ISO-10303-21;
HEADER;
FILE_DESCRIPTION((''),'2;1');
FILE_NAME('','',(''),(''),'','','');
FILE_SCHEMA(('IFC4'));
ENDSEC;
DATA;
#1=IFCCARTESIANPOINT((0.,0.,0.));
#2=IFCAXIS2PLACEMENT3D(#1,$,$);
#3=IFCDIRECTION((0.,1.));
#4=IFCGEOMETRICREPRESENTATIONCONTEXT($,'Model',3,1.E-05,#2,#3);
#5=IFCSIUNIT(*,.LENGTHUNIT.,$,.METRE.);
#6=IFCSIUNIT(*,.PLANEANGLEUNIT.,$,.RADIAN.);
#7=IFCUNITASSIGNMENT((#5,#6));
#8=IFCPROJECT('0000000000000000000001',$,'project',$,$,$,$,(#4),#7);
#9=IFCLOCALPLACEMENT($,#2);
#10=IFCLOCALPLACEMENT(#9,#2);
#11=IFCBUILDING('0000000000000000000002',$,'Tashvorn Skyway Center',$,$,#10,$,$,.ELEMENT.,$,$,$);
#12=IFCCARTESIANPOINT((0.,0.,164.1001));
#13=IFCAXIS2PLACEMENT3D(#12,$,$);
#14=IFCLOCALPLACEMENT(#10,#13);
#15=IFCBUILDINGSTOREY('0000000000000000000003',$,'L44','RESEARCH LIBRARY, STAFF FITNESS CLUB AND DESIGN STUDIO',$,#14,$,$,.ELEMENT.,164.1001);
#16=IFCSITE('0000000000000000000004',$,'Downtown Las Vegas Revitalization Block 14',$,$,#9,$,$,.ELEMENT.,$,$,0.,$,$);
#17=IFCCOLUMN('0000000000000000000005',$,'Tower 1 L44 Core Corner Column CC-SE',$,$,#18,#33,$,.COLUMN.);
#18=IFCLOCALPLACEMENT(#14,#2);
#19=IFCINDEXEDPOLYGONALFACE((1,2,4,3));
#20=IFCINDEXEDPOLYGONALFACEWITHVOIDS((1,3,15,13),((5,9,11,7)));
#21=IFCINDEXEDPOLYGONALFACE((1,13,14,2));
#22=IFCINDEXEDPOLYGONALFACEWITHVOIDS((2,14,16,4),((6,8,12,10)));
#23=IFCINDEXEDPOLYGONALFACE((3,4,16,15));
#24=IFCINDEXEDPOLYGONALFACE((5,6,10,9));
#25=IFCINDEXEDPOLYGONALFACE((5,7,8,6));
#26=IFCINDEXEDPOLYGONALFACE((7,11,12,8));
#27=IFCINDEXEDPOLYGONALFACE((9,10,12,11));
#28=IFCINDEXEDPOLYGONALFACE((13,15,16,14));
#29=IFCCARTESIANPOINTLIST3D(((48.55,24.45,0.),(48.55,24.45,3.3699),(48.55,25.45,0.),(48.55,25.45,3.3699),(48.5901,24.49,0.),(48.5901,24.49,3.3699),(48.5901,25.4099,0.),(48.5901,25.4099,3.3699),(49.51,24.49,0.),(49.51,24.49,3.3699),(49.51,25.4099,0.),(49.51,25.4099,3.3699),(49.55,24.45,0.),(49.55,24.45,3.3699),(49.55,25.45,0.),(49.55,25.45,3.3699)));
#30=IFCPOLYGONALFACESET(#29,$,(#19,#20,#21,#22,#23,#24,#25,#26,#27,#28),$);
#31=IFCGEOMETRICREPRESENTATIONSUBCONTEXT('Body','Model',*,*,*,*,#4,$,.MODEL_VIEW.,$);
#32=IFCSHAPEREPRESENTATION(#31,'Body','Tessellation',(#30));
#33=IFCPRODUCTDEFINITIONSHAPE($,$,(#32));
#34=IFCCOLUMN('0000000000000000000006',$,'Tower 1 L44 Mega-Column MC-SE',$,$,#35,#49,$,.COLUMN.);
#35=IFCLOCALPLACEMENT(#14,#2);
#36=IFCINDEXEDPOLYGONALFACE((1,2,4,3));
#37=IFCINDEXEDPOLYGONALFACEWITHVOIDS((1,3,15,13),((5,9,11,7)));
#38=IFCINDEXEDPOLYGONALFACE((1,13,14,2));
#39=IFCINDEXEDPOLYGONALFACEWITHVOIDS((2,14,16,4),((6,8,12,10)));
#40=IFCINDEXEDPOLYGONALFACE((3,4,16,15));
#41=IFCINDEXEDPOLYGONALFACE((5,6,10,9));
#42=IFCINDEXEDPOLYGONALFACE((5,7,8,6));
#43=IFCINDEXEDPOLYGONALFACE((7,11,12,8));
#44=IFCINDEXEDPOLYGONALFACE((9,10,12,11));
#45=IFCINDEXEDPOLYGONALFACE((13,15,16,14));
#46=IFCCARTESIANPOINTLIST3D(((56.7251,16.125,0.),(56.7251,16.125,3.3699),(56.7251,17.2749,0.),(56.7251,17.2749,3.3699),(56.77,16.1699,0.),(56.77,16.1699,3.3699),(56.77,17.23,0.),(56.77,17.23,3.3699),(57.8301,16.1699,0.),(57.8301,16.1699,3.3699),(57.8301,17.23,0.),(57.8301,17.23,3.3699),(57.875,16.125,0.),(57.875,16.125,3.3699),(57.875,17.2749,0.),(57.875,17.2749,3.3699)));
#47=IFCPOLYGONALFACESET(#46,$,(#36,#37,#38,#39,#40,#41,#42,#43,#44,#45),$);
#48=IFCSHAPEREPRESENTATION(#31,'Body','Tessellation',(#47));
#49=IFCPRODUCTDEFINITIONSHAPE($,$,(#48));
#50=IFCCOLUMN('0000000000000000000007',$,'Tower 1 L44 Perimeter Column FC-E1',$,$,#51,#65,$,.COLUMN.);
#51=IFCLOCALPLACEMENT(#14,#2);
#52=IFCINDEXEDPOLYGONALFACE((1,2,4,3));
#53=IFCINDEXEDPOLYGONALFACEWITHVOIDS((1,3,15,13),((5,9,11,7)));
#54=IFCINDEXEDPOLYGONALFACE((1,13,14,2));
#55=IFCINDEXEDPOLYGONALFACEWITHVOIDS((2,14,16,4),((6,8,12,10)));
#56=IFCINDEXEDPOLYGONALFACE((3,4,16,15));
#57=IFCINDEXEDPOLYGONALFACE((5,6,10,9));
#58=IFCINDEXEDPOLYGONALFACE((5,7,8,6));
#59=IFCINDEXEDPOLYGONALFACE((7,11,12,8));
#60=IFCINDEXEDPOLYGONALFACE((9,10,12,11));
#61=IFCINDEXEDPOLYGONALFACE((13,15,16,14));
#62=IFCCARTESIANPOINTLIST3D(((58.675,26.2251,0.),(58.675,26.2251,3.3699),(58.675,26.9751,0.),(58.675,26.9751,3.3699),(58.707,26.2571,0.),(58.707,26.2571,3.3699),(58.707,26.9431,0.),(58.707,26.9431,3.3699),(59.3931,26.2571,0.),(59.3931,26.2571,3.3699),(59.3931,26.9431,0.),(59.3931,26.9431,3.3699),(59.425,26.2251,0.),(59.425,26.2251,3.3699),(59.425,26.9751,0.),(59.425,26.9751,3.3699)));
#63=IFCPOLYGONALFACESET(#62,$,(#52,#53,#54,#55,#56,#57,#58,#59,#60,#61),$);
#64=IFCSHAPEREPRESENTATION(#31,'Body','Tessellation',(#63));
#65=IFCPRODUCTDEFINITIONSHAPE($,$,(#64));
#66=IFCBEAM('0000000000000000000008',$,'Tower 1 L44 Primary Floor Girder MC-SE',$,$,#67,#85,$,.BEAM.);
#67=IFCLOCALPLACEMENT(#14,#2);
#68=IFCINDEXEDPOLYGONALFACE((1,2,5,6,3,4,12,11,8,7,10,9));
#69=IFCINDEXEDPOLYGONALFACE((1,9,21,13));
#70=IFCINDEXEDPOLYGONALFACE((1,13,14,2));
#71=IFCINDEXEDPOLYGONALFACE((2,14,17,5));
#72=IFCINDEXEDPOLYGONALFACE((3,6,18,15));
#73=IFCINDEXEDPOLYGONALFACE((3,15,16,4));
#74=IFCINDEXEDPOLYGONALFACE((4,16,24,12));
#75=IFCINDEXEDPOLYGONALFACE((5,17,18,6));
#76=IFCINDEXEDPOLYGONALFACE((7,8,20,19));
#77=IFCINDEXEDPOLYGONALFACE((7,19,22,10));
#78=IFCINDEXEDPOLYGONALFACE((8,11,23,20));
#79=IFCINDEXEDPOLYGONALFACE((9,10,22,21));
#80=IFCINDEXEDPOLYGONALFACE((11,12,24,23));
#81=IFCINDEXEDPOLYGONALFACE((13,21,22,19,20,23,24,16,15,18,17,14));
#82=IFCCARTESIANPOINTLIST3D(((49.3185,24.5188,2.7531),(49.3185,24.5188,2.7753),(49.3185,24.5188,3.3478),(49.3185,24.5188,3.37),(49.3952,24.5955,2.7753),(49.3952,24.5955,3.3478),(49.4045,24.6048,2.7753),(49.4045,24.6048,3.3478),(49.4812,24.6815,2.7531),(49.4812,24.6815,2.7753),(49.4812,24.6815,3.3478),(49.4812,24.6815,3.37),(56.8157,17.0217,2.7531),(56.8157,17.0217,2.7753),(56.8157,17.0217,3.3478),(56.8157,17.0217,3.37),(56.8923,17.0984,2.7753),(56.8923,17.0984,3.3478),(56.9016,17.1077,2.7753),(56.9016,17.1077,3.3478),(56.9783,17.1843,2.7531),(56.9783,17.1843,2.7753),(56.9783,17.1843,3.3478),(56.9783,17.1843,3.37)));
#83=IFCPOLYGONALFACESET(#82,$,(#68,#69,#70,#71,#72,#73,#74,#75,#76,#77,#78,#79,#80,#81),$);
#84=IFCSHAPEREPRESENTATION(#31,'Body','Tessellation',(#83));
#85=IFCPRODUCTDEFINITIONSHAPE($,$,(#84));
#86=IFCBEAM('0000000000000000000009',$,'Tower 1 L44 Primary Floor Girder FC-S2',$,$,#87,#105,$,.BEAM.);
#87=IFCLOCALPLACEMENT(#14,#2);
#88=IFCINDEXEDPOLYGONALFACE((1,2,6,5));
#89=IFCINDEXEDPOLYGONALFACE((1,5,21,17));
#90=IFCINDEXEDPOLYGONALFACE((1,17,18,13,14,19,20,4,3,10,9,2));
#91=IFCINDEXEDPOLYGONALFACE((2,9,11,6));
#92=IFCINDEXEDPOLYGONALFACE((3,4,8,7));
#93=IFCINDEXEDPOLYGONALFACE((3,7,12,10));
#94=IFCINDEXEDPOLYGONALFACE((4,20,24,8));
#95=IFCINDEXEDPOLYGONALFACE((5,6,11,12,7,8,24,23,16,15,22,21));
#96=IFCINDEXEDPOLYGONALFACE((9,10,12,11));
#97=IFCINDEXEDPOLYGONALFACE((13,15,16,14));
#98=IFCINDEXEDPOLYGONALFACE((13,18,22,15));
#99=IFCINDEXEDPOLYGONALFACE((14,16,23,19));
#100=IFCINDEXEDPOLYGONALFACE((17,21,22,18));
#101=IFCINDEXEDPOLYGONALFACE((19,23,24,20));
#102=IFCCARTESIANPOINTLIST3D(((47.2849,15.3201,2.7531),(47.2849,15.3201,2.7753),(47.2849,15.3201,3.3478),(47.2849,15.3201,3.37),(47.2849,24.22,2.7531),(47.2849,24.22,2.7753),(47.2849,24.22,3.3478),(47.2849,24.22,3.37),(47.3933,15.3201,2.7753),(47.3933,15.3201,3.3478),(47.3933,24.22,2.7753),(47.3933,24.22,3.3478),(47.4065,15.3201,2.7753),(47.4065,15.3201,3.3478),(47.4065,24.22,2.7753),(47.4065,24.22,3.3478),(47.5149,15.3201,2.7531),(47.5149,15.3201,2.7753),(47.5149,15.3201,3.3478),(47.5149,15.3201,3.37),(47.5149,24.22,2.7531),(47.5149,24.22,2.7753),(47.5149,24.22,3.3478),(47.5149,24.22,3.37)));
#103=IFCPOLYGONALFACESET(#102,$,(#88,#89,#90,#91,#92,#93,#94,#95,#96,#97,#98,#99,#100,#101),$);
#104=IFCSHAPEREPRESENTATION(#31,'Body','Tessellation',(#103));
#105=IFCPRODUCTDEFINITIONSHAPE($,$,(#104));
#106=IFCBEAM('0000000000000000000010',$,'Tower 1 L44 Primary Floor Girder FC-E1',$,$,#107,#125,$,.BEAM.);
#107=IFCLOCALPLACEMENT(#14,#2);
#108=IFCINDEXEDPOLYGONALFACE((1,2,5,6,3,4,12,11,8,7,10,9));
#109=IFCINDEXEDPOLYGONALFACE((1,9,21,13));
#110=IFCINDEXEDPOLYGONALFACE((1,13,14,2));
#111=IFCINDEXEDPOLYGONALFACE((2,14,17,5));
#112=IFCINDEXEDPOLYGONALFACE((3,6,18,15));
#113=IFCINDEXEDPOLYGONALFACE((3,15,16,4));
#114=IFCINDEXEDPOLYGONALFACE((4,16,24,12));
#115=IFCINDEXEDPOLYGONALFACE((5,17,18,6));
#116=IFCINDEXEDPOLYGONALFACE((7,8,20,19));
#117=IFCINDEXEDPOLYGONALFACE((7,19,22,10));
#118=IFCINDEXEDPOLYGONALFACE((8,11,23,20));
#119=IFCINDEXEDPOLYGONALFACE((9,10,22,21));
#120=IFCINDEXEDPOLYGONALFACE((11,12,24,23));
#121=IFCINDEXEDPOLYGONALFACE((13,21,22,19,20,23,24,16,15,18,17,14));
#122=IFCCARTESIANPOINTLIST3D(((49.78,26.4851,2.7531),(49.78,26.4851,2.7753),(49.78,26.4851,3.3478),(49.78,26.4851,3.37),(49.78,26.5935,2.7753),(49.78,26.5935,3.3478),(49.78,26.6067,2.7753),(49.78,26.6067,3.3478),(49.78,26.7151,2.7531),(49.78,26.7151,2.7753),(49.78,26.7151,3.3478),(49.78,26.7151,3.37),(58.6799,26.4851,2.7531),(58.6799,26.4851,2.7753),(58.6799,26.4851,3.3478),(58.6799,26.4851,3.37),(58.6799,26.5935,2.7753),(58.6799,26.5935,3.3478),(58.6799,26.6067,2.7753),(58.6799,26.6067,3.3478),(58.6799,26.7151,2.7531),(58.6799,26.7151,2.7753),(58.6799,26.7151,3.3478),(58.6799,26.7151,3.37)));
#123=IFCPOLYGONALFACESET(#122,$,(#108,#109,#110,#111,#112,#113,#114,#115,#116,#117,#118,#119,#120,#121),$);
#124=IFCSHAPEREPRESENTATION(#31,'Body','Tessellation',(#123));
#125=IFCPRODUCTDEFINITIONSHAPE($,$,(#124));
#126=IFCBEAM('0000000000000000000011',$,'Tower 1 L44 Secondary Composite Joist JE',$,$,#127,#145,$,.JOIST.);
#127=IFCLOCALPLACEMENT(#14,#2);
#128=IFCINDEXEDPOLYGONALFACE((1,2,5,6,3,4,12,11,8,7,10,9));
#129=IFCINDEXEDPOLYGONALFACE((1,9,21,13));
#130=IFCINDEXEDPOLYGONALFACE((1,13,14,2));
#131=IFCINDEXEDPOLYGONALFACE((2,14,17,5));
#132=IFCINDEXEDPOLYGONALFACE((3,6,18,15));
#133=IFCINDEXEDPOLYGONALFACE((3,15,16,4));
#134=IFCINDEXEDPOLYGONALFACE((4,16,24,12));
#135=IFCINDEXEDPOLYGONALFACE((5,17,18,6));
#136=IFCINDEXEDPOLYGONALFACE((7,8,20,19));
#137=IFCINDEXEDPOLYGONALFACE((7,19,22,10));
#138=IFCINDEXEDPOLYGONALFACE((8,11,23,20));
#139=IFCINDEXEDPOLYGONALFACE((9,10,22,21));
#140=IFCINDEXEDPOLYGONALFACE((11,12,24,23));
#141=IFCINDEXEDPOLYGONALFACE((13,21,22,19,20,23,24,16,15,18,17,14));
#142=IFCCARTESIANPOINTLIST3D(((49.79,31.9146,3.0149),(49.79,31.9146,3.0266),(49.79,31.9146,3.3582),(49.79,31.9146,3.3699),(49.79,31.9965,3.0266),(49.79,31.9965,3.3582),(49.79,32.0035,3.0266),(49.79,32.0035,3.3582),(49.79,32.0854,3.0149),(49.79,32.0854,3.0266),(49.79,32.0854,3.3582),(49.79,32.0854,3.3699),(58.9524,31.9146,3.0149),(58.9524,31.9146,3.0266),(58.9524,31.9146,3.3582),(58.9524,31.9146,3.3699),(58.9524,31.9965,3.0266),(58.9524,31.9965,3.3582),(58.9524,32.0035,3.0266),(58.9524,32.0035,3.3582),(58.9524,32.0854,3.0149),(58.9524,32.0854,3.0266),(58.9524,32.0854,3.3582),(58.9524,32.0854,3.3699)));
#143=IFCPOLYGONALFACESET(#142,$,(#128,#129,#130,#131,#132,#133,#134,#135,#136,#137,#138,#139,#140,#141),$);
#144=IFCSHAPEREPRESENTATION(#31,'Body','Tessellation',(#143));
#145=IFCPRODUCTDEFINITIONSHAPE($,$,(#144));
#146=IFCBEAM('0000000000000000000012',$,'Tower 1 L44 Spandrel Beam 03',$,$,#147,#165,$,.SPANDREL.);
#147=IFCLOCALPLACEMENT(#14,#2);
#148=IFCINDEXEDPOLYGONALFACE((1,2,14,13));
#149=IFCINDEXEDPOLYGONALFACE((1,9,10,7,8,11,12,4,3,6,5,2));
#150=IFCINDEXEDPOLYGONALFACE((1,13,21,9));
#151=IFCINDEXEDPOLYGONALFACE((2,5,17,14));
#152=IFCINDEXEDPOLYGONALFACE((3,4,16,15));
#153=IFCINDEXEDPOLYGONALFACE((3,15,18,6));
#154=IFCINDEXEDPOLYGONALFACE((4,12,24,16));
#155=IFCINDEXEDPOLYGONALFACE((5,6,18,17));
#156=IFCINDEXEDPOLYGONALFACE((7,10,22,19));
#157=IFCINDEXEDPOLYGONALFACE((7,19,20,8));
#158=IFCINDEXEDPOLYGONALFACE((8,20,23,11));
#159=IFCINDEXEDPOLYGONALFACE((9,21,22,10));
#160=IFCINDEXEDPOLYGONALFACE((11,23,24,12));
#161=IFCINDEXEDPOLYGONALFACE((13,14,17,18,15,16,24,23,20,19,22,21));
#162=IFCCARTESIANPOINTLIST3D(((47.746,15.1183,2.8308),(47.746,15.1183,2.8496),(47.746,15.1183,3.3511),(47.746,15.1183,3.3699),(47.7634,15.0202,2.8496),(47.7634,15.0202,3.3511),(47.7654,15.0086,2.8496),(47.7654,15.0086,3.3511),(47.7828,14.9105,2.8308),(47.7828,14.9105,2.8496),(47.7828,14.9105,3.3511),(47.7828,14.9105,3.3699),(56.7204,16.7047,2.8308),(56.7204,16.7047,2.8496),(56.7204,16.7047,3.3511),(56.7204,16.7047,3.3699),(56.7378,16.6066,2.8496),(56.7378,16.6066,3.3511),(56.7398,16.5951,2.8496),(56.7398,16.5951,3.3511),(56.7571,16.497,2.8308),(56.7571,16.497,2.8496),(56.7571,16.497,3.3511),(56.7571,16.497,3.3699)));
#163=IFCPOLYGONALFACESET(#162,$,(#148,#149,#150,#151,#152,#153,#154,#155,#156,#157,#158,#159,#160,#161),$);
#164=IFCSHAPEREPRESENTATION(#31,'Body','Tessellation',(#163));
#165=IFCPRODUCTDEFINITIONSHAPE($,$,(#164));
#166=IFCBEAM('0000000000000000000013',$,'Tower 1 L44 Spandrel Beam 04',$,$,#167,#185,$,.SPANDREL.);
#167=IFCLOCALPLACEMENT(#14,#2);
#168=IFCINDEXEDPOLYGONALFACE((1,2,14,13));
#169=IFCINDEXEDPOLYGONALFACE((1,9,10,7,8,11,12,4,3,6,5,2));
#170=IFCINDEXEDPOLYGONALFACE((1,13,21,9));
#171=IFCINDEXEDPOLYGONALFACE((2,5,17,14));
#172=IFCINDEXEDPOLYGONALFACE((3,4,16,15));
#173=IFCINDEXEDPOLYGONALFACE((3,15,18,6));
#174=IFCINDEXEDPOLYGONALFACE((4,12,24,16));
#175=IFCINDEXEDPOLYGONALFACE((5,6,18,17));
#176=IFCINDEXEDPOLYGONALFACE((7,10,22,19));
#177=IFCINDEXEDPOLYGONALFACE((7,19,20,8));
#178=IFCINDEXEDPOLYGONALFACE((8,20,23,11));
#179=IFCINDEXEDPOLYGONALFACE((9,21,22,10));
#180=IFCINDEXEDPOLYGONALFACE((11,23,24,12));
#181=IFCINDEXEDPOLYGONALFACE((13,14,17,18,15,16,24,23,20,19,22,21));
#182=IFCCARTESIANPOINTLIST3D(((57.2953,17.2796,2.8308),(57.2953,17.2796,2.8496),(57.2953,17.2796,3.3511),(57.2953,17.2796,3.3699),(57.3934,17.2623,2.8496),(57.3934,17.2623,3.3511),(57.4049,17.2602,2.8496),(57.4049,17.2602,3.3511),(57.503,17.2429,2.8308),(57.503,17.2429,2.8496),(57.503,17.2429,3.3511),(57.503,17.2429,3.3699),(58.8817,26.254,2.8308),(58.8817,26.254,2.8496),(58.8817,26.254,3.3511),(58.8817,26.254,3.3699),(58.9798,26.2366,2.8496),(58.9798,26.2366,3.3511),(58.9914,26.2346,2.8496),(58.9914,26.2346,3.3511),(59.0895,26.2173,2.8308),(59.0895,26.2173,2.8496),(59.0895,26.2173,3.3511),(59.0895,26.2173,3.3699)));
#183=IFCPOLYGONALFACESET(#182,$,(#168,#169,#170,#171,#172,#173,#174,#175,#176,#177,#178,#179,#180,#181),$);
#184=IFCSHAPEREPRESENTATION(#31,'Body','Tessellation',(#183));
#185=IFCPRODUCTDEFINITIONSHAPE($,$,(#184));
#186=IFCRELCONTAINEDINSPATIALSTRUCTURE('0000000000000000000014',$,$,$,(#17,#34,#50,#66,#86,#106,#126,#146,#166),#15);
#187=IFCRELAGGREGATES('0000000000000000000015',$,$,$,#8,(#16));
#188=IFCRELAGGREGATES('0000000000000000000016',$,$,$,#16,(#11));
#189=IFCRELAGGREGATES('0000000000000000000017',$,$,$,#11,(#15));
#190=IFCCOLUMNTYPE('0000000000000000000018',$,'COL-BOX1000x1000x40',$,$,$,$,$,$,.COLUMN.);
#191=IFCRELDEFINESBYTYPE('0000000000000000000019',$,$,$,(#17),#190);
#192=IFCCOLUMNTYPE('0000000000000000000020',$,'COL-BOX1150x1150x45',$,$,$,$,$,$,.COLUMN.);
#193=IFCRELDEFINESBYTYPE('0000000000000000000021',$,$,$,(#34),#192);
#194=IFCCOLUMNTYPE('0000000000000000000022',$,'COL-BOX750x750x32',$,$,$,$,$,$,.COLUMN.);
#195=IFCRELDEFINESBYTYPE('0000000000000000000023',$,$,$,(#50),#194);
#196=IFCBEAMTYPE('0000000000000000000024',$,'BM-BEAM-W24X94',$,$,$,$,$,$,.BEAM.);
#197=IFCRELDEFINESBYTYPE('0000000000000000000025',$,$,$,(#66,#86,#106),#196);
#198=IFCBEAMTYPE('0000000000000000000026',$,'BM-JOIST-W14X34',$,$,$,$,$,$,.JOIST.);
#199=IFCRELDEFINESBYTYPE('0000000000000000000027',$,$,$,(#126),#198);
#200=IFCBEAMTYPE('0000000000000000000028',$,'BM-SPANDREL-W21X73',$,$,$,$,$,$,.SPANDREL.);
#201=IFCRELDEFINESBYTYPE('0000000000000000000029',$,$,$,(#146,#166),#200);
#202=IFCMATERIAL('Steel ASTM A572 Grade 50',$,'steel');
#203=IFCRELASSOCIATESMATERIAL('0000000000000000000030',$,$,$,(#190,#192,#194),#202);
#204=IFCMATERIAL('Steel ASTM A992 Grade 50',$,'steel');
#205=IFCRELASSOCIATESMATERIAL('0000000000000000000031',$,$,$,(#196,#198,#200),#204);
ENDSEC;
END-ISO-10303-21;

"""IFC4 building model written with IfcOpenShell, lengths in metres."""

from ifc_helpers import new_model, si_unit, direction, frame, origin, origin_2d, place, context, subcontext, project, spatial, hollow_rectangle, i_section, extrude, material, material_profile, profile_set, type_object, element, save


model = new_model("IFC4")

# Units and contexts
model_context = context("Model", 3, precision=1e-05, world=origin(), true_north=direction((0.0, 1.0)))
body_context = subcontext(model_context, "Body", "Model", "MODEL_VIEW")
ifc_project = project(units=[si_unit("LENGTHUNIT", "METRE"), si_unit("PLANEANGLEUNIT", "RADIAN")], contexts=[model_context])

# Site, building, storey
site_placement = place(None, origin())
site = spatial("IfcSite", under=ifc_project, at=site_placement, Name="Downtown Las Vegas Revitalization Block 14", CompositionType="ELEMENT", RefElevation=0.0)
building_placement = place(site_placement, origin())
building = spatial("IfcBuilding", under=site, at=building_placement, Name="Tashvorn Skyway Center", CompositionType="ELEMENT")
storey_placement = place(building_placement, frame((0.0, 0.0, 164.1001)))
storey = spatial("IfcBuildingStorey", under=building, at=storey_placement, Name="L44", Description="RESEARCH LIBRARY, STAFF FITNESS CLUB AND DESIGN STUDIO", CompositionType="ELEMENT", Elevation=164.1001)

# Columns
ifc_material_1 = material(Name="Steel ASTM A572 Grade 50", Category="steel")
ifc_material_profile_1 = material_profile(ifc_material_1, hollow_rectangle(XDim=1.0, YDim=1.0, WallThickness=0.04, at=origin_2d()), Name="BOX1000x1000x40")
ifc_profile_set_1 = profile_set([ifc_material_profile_1], Name="Steel ASTM A572 Grade 50")
column_type_1 = type_object("IfcColumnType", Name="COL-BOX1000x1000x40", PredefinedType="COLUMN", material=ifc_profile_set_1)
column_1_placement = place(storey_placement, frame((49.05, 24.95, 0.0), z_axis=(0.0, 0.0, 1.0), x_axis=(1.0, 0.0, 0.0)))
element("IfcColumn", 1, at=column_1_placement, inside=storey, type_object=column_type_1, Name="Tower 1 L44 Core Corner Column CC-SE", PredefinedType="COLUMN", context=body_context, shape_type="SweptSolid", body=[
    extrude(hollow_rectangle(XDim=1.0, YDim=1.0, WallThickness=0.04, at=origin_2d()), origin(), (0.0, 0.0, 1.0), 3.3699),
])
ifc_material_profile_2 = material_profile(ifc_material_1, hollow_rectangle(XDim=1.1499, YDim=1.1499, WallThickness=0.0449, at=origin_2d()), Name="BOX1150x1150x45")
ifc_profile_set_2 = profile_set([ifc_material_profile_2], Name="Steel ASTM A572 Grade 50")
column_type_2 = type_object("IfcColumnType", Name="COL-BOX1150x1150x45", PredefinedType="COLUMN", material=ifc_profile_set_2)
column_2_placement = place(storey_placement, frame((57.3, 16.7, 0.0), z_axis=(0.0, 0.0, 1.0), x_axis=(1.0, 0.0, 0.0)))
element("IfcColumn", 2, at=column_2_placement, inside=storey, type_object=column_type_2, Name="Tower 1 L44 Mega-Column MC-SE", PredefinedType="COLUMN", context=body_context, shape_type="SweptSolid", body=[
    extrude(hollow_rectangle(XDim=1.1499, YDim=1.1499, WallThickness=0.0449, at=origin_2d()), origin(), (0.0, 0.0, 1.0), 3.3699),
])
ifc_material_profile_3 = material_profile(ifc_material_1, hollow_rectangle(XDim=0.75, YDim=0.75, WallThickness=0.032, at=origin_2d()), Name="BOX750x750x32")
ifc_profile_set_3 = profile_set([ifc_material_profile_3], Name="Steel ASTM A572 Grade 50")
column_type_3 = type_object("IfcColumnType", Name="COL-BOX750x750x32", PredefinedType="COLUMN", material=ifc_profile_set_3)
column_3_placement = place(storey_placement, frame((59.05, 26.6001, 0.0), z_axis=(0.0, 0.0, 1.0), x_axis=(1.0, 0.0, 0.0)))
element("IfcColumn", 3, at=column_3_placement, inside=storey, type_object=column_type_3, Name="Tower 1 L44 Perimeter Column FC-E1", PredefinedType="COLUMN", context=body_context, shape_type="SweptSolid", body=[
    extrude(hollow_rectangle(XDim=0.75, YDim=0.75, WallThickness=0.032, at=origin_2d()), origin(), (0.0, 0.0, 1.0), 3.3699),
])

# Beams
ifc_material_2 = material(Name="Steel ASTM A992 Grade 50", Category="steel")
ifc_material_profile_4 = material_profile(ifc_material_2, i_section(OverallWidth=0.23, OverallDepth=0.6169, WebThickness=0.0132, FlangeThickness=0.0222, at=origin_2d()), Name="W24X94")
ifc_profile_set_4 = profile_set([ifc_material_profile_4], Name="Steel ASTM A992 Grade 50")
beam_type_1 = type_object("IfcBeamType", Name="BM-BEAM-W24X94", PredefinedType="BEAM", material=ifc_profile_set_4)
beam_1_placement = place(storey_placement, frame((56.897, 17.103, 3.0615), z_axis=(-0.707107, 0.707107, 0.0), x_axis=(-0.707107, -0.707107, 0.0)))
element("IfcBeam", 4, at=beam_1_placement, inside=storey, type_object=beam_type_1, Name="Tower 1 L44 Primary Floor Girder MC-SE", PredefinedType="BEAM", context=body_context, shape_type="SweptSolid", body=[
    extrude(i_section(OverallWidth=0.23, OverallDepth=0.6169, WebThickness=0.0132, FlangeThickness=0.0222, at=origin_2d()), origin(), (0.0, 0.0, 1.0), 10.6025),
])
for number, where, z_axis, x_axis, name in (
    (5, (47.3999, 15.3201, 3.0615), (0.0, 1.0, 0.0), (-1.0, 0.0, 0.0), "Tower 1 L44 Primary Floor Girder FC-S2"),
    (6, (58.6799, 26.6001, 3.0615), (-1.0, 0.0, 0.0), (0.0, -1.0, 0.0), "Tower 1 L44 Primary Floor Girder FC-E1"),
):
    element("IfcBeam", number, at=place(storey_placement, frame(where, z_axis=z_axis, x_axis=x_axis)), inside=storey, type_object=beam_type_1, Name=name, PredefinedType="BEAM", context=body_context, shape_type="SweptSolid", body=[
        extrude(i_section(OverallWidth=0.23, OverallDepth=0.6169, WebThickness=0.0132, FlangeThickness=0.0222, at=origin_2d()), origin(), (0.0, 0.0, 1.0), 8.8999),
    ])
ifc_material_profile_5 = material_profile(ifc_material_2, i_section(OverallWidth=0.1709, OverallDepth=0.355, WebThickness=0.0071, FlangeThickness=0.0117, at=origin_2d()), Name="W14X34")
ifc_profile_set_5 = profile_set([ifc_material_profile_5], Name="Steel ASTM A992 Grade 50")
beam_type_2 = type_object("IfcBeamType", Name="BM-JOIST-W14X34", PredefinedType="JOIST", material=ifc_profile_set_5)
beam_2_placement = place(storey_placement, frame((49.79, 32.0, 3.1924), z_axis=(1.0, 0.0, 0.0), x_axis=(0.0, 1.0, 0.0)))
element("IfcBeam", 7, at=beam_2_placement, inside=storey, type_object=beam_type_2, Name="Tower 1 L44 Secondary Composite Joist JE", PredefinedType="JOIST", context=body_context, shape_type="SweptSolid", body=[
    extrude(i_section(OverallWidth=0.1709, OverallDepth=0.355, WebThickness=0.0071, FlangeThickness=0.0117, at=origin_2d()), origin(), (0.0, 0.0, 1.0), 9.1624),
])
ifc_material_profile_6 = material_profile(ifc_material_2, i_section(OverallWidth=0.2109, OverallDepth=0.5391, WebThickness=0.0117, FlangeThickness=0.0188, at=origin_2d()), Name="W21X73")
ifc_profile_set_6 = profile_set([ifc_material_profile_6], Name="Steel ASTM A992 Grade 50")
beam_type_3 = type_object("IfcBeamType", Name="BM-SPANDREL-W21X73", PredefinedType="SPANDREL", material=ifc_profile_set_6)
for number, where, z_axis, x_axis, name in (
    (8, (47.7644, 15.0144, 3.1003), (0.984733, 0.174074, 0.0), (-0.174074, 0.984733, 0.0), "Tower 1 L44 Spandrel Beam 03"),
    (9, (57.3992, 17.2612, 3.1003), (0.174074, 0.984733, 0.0), (-0.984733, 0.174074, 0.0), "Tower 1 L44 Spandrel Beam 04"),
):
    element("IfcBeam", number, at=place(storey_placement, frame(where, z_axis=z_axis, x_axis=x_axis)), inside=storey, type_object=beam_type_3, Name=name, PredefinedType="SPANDREL", context=body_context, shape_type="SweptSolid", body=[
        extrude(i_section(OverallWidth=0.2109, OverallDepth=0.5391, WebThickness=0.0117, FlangeThickness=0.0188, at=origin_2d()), origin(), (0.0, 0.0, 1.0), 9.1135),
    ])

save(model, "model.ifc")
